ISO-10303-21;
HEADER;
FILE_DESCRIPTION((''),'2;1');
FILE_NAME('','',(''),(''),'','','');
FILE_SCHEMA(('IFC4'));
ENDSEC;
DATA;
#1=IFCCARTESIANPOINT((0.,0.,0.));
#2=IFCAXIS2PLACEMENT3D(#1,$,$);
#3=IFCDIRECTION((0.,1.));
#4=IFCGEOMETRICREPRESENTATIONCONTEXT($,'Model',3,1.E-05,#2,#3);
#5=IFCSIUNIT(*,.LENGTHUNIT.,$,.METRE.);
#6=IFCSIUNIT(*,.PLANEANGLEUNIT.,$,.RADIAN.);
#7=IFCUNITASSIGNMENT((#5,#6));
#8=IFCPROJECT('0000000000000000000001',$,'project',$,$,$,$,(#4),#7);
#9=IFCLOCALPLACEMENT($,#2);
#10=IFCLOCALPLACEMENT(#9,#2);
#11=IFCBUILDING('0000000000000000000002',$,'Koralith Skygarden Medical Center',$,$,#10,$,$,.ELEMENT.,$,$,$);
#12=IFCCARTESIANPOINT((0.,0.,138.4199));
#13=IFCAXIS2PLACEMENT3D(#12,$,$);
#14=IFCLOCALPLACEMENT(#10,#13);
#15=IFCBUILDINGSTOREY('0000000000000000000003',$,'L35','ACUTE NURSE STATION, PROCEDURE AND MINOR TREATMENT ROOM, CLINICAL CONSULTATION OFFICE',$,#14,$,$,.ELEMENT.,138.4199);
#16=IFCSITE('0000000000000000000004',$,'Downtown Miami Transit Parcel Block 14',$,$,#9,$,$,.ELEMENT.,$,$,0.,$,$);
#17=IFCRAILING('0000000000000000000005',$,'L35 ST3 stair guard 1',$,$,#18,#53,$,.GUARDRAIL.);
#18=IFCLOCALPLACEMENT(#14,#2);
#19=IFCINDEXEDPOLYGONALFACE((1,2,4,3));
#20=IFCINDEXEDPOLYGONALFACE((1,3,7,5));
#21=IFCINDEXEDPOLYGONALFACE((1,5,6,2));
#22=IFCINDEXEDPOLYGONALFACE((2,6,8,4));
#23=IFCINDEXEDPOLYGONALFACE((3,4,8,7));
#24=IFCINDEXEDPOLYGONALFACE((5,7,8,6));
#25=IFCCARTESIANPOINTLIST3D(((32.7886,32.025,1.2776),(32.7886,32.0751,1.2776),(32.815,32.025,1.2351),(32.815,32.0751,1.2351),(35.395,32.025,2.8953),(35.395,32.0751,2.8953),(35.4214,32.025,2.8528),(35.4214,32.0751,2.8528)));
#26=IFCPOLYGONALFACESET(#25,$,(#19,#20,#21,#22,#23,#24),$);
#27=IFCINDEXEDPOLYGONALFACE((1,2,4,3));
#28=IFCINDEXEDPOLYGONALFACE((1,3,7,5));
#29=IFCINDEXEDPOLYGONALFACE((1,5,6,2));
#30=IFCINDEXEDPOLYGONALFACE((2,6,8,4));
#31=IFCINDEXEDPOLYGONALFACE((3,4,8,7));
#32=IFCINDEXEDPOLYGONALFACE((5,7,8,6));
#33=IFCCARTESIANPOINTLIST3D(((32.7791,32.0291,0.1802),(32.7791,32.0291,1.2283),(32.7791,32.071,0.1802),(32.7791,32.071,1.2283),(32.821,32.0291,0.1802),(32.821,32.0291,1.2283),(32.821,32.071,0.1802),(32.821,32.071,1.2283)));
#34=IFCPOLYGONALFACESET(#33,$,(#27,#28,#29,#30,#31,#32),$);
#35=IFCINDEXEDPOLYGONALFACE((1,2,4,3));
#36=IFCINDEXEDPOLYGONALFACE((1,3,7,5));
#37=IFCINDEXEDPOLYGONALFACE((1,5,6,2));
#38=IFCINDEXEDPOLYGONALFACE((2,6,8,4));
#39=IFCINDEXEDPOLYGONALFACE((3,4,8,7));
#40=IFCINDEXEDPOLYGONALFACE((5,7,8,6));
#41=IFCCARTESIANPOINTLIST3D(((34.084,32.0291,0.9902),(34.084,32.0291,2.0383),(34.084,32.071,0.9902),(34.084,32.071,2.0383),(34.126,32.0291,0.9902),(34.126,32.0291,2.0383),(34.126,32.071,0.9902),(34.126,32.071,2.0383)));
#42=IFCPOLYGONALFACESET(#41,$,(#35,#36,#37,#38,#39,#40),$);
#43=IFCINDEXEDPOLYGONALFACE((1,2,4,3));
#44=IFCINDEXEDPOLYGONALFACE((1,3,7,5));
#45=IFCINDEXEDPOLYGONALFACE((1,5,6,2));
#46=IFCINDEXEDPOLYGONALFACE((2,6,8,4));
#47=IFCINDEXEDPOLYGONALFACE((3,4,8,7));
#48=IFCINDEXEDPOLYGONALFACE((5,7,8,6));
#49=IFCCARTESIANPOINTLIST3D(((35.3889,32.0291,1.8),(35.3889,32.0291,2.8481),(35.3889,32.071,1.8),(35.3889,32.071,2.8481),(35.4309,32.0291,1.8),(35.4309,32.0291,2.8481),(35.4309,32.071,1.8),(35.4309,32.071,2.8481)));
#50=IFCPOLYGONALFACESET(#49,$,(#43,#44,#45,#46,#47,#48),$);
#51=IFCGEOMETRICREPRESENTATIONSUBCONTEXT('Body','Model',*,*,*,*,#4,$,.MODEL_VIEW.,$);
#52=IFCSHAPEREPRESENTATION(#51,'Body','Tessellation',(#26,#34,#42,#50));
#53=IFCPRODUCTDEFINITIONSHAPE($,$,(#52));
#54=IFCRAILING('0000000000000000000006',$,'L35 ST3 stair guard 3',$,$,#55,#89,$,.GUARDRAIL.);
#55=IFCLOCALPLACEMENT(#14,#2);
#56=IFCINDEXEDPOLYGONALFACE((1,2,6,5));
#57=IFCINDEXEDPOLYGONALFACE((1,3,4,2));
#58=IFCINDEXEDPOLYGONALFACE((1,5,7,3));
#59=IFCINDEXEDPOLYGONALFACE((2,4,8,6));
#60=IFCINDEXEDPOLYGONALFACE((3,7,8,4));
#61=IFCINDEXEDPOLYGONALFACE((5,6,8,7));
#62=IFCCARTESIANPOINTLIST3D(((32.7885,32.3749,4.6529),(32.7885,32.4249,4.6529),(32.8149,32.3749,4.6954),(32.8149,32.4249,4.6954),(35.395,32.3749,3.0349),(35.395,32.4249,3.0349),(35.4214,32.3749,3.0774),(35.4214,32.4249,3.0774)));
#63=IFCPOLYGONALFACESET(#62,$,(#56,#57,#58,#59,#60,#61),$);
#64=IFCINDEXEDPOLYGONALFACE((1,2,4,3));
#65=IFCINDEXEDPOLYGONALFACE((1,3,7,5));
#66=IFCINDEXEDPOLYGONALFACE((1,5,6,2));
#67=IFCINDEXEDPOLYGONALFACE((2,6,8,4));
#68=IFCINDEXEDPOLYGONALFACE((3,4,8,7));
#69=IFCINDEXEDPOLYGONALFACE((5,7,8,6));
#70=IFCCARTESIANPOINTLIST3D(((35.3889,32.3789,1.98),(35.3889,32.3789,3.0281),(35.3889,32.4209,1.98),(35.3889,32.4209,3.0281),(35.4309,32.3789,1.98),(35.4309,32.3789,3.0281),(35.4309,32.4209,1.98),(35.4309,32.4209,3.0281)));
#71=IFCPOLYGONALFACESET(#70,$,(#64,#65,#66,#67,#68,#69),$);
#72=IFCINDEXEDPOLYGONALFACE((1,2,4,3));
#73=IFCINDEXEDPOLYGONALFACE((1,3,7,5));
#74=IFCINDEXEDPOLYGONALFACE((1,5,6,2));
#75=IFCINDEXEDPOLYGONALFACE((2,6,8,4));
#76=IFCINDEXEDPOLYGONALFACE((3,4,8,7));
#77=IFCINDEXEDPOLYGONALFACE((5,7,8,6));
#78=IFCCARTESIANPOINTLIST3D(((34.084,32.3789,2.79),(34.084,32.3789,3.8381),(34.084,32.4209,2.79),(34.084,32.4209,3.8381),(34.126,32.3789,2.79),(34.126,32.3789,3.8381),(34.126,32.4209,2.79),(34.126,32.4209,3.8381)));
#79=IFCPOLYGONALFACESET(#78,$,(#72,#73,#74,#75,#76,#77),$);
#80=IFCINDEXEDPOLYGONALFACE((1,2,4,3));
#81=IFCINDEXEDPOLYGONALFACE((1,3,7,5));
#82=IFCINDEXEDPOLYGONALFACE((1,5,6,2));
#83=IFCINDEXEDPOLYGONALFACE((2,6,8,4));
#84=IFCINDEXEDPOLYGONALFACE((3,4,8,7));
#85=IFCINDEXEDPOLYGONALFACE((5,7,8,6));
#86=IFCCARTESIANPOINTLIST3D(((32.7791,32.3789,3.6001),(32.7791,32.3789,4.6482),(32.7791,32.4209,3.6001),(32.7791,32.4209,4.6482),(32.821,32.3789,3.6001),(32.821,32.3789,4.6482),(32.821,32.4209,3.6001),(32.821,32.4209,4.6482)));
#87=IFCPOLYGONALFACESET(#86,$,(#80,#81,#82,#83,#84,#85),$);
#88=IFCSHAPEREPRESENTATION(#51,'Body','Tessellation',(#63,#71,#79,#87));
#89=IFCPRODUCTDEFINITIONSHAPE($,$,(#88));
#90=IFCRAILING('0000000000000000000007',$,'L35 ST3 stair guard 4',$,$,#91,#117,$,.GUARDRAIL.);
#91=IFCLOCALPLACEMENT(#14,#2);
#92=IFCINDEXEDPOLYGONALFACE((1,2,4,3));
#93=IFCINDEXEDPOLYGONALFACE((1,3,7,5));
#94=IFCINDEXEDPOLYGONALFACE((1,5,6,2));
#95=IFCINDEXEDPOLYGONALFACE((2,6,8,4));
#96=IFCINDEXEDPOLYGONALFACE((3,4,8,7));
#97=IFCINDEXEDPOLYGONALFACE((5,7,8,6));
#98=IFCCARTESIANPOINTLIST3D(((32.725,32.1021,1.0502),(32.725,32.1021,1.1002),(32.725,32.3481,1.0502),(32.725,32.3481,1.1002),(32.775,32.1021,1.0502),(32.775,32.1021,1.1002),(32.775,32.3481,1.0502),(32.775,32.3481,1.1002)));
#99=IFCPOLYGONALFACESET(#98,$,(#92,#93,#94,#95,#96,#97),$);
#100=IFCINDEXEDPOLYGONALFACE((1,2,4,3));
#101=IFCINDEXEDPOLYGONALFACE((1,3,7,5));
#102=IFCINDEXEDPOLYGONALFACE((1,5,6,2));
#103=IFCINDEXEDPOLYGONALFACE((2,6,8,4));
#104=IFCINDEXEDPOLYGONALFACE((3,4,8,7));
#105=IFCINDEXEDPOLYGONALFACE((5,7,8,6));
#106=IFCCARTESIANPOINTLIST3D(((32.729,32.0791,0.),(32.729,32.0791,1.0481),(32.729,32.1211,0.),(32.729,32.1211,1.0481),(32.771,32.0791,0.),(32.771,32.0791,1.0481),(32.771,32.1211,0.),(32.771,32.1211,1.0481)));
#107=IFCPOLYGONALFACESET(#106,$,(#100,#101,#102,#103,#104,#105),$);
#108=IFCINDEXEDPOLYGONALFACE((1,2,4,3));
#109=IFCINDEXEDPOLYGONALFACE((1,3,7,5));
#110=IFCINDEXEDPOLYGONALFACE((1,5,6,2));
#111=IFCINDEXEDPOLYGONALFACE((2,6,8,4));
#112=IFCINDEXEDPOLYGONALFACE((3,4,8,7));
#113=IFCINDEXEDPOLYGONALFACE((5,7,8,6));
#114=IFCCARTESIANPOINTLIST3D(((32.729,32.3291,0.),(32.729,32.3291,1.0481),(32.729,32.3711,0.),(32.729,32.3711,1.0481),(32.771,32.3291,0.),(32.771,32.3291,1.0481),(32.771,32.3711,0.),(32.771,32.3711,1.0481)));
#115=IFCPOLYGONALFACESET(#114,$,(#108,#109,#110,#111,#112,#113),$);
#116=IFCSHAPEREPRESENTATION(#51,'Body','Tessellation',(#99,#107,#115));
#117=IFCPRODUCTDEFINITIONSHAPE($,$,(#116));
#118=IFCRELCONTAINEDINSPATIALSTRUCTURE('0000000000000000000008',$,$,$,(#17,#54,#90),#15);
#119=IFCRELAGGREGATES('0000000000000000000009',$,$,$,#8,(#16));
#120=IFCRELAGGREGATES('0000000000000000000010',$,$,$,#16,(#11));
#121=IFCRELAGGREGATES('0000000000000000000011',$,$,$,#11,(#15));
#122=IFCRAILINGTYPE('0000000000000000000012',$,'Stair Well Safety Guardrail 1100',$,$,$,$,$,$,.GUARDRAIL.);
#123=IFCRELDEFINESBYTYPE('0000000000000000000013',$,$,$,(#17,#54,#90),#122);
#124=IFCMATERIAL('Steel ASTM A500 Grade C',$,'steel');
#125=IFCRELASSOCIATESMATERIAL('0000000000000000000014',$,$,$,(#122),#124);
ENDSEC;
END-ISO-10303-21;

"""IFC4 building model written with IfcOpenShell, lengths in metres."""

from ifc_helpers import new_model, si_unit, direction, frame, origin, origin_2d, place, context, subcontext, project, spatial, rectangle, extrude, material, type_object, element, save


model = new_model("IFC4")

# Units and contexts
model_context = context("Model", 3, precision=1e-05, world=origin(), true_north=direction((0.0, 1.0)))
body_context = subcontext(model_context, "Body", "Model", "MODEL_VIEW")
ifc_project = project(units=[si_unit("LENGTHUNIT", "METRE"), si_unit("PLANEANGLEUNIT", "RADIAN")], contexts=[model_context])

# Site, building, storey
site_placement = place(None, origin())
site = spatial("IfcSite", under=ifc_project, at=site_placement, Name="Downtown Miami Transit Parcel Block 14", CompositionType="ELEMENT", RefElevation=0.0)
building_placement = place(site_placement, origin())
building = spatial("IfcBuilding", under=site, at=building_placement, Name="Koralith Skygarden Medical Center", CompositionType="ELEMENT")
storey_placement = place(building_placement, frame((0.0, 0.0, 138.4199)))
storey = spatial("IfcBuildingStorey", under=building, at=storey_placement, Name="L35", Description="ACUTE NURSE STATION, PROCEDURE AND MINOR TREATMENT ROOM, CLINICAL CONSULTATION OFFICE", CompositionType="ELEMENT", Elevation=138.4199)

# Railings
ifc_material_1 = material(Name="Steel ASTM A500 Grade C", Category="steel")
railing_type_1 = type_object("IfcRailingType", Name="Stair Well Safety Guardrail 1100", PredefinedType="GUARDRAIL", material=ifc_material_1)
railing_1_placement = place(storey_placement, frame((32.8, 32.05, 0.1802)))
element("IfcRailing", 1, at=railing_1_placement, inside=storey, type_object=railing_type_1, Name="L35 ST3 stair guard 1", PredefinedType="GUARDRAIL", context=body_context, shape_type="SweptSolid", body=[
    extrude(rectangle(XDim=0.05, YDim=0.05, at=origin_2d()), frame((0.0017, 0.0, 1.0762), z_axis=(0.849646, 0.0, 0.527353), x_axis=(0.0, 1.0, 0.0)), (0.0, 0.0, 1.0), 3.0676),
    extrude(rectangle(XDim=0.042, YDim=0.042, at=origin_2d()), origin(), (0.0, 0.0, 1.0), 1.0481),
    extrude(rectangle(XDim=0.042, YDim=0.042, at=origin_2d()), frame((1.3049, 0.0, 0.8101)), (0.0, 0.0, 1.0), 1.0481),
    extrude(rectangle(XDim=0.042, YDim=0.042, at=origin_2d()), frame((2.6099, 0.0, 1.6199)), (0.0, 0.0, 1.0), 1.0481),
])
railing_2_placement = place(storey_placement, frame((35.4099, 32.3999, 1.98)))
element("IfcRailing", 2, at=railing_2_placement, inside=storey, type_object=railing_type_1, Name="L35 ST3 stair guard 3", PredefinedType="GUARDRAIL", context=body_context, shape_type="SweptSolid", body=[
    extrude(rectangle(XDim=0.05, YDim=0.05, at=origin_2d()), frame((-0.0017, 0.0, 1.0762), z_axis=(-0.849611, 0.0, 0.52741), x_axis=(0.0, -1.0, 0.0)), (0.0, 0.0, 1.0), 3.0679),
    extrude(rectangle(XDim=0.042, YDim=0.042, at=origin_2d()), origin(), (0.0, 0.0, 1.0), 1.0481),
    extrude(rectangle(XDim=0.042, YDim=0.042, at=origin_2d()), frame((-1.3049, 0.0, 0.8101)), (0.0, 0.0, 1.0), 1.0481),
    extrude(rectangle(XDim=0.042, YDim=0.042, at=origin_2d()), frame((-2.6099, 0.0, 1.6201)), (0.0, 0.0, 1.0), 1.0481),
])
railing_3_placement = place(storey_placement, frame((32.75, 32.1001, 0.0)))
element("IfcRailing", 3, at=railing_3_placement, inside=storey, type_object=railing_type_1, Name="L35 ST3 stair guard 4", PredefinedType="GUARDRAIL", context=body_context, shape_type="SweptSolid", body=[
    extrude(rectangle(XDim=0.05, YDim=0.05, at=origin_2d()), frame((0.0, 0.002, 1.0752), z_axis=(0.0, 1.0, 0.0), x_axis=(-1.0, 0.0, 0.0)), (0.0, 0.0, 1.0), 0.2461),
    extrude(rectangle(XDim=0.042, YDim=0.042, at=origin_2d()), origin(), (0.0, 0.0, 1.0), 1.0481),
    extrude(rectangle(XDim=0.042, YDim=0.042, at=origin_2d()), frame((0.0, 0.25, 0.0)), (0.0, 0.0, 1.0), 1.0481),
])

save(model, "model.ifc")
